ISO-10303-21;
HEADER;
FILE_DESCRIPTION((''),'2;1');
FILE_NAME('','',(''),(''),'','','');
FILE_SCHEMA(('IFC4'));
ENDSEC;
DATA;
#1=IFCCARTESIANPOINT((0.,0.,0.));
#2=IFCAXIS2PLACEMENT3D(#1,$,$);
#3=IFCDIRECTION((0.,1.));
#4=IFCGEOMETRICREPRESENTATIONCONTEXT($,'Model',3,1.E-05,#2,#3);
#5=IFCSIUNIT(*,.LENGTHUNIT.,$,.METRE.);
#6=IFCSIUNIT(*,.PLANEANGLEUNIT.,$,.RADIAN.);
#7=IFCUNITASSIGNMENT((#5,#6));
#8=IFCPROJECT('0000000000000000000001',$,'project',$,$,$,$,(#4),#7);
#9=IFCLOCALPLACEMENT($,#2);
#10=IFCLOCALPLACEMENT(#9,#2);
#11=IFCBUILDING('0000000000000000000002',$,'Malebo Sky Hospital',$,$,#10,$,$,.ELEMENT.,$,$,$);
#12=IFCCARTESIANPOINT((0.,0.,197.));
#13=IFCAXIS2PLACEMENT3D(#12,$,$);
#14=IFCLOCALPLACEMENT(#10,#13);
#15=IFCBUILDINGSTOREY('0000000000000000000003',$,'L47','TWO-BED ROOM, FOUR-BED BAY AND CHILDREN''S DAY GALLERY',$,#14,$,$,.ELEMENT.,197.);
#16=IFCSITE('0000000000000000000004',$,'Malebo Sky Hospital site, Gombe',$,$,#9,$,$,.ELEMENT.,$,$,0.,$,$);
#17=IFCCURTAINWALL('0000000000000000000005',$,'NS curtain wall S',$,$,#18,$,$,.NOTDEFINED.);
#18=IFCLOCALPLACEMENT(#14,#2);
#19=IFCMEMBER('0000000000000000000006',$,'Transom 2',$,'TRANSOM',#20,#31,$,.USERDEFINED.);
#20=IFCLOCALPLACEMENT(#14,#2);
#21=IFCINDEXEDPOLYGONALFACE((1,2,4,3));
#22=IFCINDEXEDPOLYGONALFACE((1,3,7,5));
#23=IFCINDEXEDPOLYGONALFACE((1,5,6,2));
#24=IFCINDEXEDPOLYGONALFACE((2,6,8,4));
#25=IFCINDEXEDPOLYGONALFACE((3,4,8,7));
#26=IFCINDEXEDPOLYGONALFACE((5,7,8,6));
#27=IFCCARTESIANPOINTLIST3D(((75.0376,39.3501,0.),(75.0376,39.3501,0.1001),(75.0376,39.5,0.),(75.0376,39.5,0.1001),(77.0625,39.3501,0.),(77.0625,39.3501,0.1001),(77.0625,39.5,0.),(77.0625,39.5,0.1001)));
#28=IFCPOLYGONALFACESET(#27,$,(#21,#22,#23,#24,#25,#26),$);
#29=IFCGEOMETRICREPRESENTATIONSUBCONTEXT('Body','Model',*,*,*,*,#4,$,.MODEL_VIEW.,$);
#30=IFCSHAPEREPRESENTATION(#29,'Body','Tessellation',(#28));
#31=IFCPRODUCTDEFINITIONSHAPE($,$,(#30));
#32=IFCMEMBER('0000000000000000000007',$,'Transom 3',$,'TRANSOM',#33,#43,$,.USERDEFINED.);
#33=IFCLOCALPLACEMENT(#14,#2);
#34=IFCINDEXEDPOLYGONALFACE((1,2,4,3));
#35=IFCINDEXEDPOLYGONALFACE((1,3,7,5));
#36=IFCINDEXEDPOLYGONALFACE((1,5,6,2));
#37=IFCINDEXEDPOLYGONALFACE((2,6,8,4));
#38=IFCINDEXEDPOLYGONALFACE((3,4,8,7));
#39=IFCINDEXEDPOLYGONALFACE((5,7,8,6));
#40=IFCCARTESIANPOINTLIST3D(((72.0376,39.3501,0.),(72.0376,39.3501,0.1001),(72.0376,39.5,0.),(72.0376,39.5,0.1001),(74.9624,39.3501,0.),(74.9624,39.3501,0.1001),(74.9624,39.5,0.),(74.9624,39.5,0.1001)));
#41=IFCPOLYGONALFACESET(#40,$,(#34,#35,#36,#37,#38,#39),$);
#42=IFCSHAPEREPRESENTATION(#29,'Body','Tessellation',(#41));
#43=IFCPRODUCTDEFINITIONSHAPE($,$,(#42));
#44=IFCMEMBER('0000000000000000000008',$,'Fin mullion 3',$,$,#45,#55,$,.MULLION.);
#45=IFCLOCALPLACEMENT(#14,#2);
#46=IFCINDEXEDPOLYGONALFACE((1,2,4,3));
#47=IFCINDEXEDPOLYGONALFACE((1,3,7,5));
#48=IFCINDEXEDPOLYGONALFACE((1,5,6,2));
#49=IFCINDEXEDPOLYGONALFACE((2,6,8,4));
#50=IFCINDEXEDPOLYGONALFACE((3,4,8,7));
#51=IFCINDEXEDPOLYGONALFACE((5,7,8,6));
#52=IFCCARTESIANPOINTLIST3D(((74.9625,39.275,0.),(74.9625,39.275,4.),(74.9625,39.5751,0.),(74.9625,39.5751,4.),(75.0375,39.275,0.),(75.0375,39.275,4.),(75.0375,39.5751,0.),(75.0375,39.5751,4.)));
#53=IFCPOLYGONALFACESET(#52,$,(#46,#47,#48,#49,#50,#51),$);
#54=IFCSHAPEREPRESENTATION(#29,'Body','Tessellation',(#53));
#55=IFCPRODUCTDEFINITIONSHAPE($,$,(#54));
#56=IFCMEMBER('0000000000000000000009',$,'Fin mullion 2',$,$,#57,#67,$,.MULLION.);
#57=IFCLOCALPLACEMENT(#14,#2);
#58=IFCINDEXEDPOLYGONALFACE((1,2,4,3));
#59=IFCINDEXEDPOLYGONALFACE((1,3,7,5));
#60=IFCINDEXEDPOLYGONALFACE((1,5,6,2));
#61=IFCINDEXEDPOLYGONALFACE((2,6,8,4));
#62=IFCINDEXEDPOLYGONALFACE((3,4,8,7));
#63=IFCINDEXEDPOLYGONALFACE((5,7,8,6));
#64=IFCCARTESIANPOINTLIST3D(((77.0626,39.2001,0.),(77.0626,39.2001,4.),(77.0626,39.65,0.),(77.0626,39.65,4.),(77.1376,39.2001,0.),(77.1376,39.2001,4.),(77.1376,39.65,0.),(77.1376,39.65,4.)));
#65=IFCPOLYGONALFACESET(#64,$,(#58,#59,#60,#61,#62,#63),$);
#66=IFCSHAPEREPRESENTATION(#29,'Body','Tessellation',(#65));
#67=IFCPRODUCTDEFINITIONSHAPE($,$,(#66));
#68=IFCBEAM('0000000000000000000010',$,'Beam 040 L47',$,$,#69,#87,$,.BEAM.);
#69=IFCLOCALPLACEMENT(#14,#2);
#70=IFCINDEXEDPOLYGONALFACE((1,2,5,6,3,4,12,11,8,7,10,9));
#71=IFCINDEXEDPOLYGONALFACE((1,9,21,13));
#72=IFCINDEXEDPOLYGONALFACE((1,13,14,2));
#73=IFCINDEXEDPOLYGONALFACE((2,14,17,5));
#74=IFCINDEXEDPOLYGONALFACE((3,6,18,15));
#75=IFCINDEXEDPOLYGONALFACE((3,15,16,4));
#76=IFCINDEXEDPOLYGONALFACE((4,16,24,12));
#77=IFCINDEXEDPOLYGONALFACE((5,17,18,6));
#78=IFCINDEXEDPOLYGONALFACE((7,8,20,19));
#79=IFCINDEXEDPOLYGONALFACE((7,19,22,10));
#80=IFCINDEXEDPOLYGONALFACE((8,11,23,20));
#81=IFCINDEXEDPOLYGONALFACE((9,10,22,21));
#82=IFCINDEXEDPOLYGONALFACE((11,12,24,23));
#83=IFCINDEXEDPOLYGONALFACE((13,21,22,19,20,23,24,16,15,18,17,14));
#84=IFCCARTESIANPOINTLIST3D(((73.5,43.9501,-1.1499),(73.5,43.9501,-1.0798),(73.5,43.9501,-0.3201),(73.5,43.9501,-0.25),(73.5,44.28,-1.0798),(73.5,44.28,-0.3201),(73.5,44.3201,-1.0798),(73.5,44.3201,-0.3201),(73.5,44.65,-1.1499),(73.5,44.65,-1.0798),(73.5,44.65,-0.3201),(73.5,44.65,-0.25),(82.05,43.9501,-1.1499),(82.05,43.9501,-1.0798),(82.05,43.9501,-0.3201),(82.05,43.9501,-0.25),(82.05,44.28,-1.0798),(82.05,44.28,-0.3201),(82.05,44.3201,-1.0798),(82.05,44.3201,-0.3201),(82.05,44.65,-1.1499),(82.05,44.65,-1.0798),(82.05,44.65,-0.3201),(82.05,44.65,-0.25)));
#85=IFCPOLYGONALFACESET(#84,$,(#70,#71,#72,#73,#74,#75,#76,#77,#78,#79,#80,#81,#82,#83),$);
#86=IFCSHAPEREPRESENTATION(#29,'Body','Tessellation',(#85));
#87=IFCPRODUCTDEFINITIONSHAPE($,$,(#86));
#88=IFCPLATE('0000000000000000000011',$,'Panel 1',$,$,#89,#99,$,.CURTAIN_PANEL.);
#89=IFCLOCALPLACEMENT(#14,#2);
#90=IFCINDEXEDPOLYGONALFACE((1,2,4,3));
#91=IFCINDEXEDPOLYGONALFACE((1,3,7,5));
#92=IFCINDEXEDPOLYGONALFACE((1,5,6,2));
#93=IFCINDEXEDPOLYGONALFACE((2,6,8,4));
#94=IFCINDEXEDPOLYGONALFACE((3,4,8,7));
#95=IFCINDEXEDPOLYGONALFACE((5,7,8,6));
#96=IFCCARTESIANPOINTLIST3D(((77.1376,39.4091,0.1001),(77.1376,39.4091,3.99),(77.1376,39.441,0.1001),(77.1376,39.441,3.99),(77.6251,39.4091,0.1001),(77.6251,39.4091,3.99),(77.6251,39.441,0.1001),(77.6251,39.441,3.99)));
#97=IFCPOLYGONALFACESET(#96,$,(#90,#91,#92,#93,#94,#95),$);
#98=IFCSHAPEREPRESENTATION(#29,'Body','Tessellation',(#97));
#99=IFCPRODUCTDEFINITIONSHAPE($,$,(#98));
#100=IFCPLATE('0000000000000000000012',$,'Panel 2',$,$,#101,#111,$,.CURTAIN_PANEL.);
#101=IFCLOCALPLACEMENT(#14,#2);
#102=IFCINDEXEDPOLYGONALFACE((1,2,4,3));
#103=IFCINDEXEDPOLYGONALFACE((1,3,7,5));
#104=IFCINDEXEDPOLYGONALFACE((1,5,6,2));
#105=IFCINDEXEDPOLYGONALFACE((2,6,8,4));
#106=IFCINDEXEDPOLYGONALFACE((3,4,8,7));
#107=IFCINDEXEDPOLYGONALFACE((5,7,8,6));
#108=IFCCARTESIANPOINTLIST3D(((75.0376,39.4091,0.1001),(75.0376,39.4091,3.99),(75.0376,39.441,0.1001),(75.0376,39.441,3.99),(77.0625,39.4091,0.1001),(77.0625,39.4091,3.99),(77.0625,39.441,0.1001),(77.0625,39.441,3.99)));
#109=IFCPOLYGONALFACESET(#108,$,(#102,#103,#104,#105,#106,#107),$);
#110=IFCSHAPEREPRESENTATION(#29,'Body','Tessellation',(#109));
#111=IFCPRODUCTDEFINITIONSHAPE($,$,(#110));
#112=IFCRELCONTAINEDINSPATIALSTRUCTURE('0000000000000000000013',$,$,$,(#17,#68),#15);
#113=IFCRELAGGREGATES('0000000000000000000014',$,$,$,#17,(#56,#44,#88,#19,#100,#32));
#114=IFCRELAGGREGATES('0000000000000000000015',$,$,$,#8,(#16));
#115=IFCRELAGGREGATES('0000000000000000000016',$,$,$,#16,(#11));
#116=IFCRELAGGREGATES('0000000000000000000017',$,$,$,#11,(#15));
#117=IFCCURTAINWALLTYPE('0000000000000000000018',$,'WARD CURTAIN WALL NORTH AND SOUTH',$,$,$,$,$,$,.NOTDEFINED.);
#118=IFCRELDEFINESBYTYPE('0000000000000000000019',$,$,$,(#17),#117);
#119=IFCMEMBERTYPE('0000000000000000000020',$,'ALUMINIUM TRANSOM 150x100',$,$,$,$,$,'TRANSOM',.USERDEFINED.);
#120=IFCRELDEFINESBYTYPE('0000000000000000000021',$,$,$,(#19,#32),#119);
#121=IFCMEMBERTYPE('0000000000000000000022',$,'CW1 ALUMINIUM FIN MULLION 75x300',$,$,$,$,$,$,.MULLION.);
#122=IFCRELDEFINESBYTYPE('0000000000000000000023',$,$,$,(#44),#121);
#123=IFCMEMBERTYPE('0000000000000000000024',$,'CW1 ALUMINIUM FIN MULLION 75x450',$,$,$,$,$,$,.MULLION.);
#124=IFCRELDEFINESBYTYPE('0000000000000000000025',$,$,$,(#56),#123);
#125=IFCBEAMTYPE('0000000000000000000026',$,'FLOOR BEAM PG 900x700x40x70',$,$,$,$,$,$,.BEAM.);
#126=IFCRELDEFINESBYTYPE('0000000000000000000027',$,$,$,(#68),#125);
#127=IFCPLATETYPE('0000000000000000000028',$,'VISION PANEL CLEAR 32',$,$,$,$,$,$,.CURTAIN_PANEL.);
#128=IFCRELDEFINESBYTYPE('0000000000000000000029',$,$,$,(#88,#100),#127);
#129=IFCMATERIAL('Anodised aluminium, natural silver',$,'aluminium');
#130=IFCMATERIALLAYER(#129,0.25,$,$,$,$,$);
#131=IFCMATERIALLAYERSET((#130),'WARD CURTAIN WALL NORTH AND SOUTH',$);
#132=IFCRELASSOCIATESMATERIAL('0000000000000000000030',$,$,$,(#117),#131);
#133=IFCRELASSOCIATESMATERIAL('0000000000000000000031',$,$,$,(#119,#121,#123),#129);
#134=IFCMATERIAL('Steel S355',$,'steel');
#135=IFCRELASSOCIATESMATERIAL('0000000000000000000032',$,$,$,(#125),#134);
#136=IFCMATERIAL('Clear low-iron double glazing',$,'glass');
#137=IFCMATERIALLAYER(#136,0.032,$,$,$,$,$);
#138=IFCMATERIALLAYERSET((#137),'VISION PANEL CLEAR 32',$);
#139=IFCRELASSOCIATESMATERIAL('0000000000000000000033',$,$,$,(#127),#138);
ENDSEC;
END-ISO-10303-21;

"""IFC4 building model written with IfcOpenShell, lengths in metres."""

from ifc_helpers import new_model, si_unit, direction, frame, origin, origin_2d, place, context, subcontext, project, spatial, rectangle, i_section, extrude, material, layer, layer_set, material_profile, profile_set, type_object, element, aggregate, save


model = new_model("IFC4")

# Units and contexts
model_context = context("Model", 3, precision=1e-05, world=origin(), true_north=direction((0.0, 1.0)))
body_context = subcontext(model_context, "Body", "Model", "MODEL_VIEW")
ifc_project = project(units=[si_unit("LENGTHUNIT", "METRE"), si_unit("PLANEANGLEUNIT", "RADIAN")], contexts=[model_context])

# Site, building, storey
site_placement = place(None, origin())
site = spatial("IfcSite", under=ifc_project, at=site_placement, Name="Malebo Sky Hospital site, Gombe", CompositionType="ELEMENT", RefElevation=0.0)
building_placement = place(site_placement, origin())
building = spatial("IfcBuilding", under=site, at=building_placement, Name="Malebo Sky Hospital", CompositionType="ELEMENT")
storey_placement = place(building_placement, frame((0.0, 0.0, 197.0)))
storey = spatial("IfcBuildingStorey", under=building, at=storey_placement, Name="L47", Description="TWO-BED ROOM, FOUR-BED BAY AND CHILDREN'S DAY GALLERY", CompositionType="ELEMENT", Elevation=197.0)

# Curtain wall, members
ifc_material_1 = material(Name="Anodised aluminium, natural silver", Category="aluminium")
ifc_layer_1 = layer(ifc_material_1, 0.25)
ifc_layer_set_1 = layer_set([ifc_layer_1], Name="WARD CURTAIN WALL NORTH AND SOUTH")
curtain_wall_type = type_object("IfcCurtainWallType", Name="WARD CURTAIN WALL NORTH AND SOUTH", PredefinedType="NOTDEFINED", material=ifc_layer_set_1)
curtain_wall_placement = place(storey_placement, origin())
curtain_wall = element("IfcCurtainWall", 1, at=curtain_wall_placement, inside=storey, type_object=curtain_wall_type, Name="NS curtain wall S", PredefinedType="NOTDEFINED")
ifc_material_profile_1 = material_profile(ifc_material_1, rectangle(XDim=0.1499, YDim=0.1001, at=origin_2d()), Name="ALUMINIUM TRANSOM 150x100")
ifc_profile_set_1 = profile_set([ifc_material_profile_1], Name="Anodised aluminium, natural silver")
member_type_1 = type_object("IfcMemberType", Name="ALUMINIUM TRANSOM 150x100", ElementType="TRANSOM", PredefinedType="USERDEFINED", material=ifc_profile_set_1)
member_1_placement = place(storey_placement, frame((77.0625, 39.425, 0.05), z_axis=(-1.0, 0.0, 0.0), x_axis=(0.0, -1.0, 0.0)))
member_1 = element("IfcMember", 2, at=member_1_placement, type_object=member_type_1, Name="Transom 2", ObjectType="TRANSOM", PredefinedType="USERDEFINED", context=body_context, shape_type="SweptSolid", body=[
    extrude(rectangle(XDim=0.1499, YDim=0.1001, at=origin_2d()), origin(), (0.0, 0.0, 1.0), 2.0249),
])
member_2_placement = place(storey_placement, frame((74.9624, 39.425, 0.05), z_axis=(-1.0, 0.0, 0.0), x_axis=(0.0, -1.0, 0.0)))
member_2 = element("IfcMember", 3, at=member_2_placement, type_object=member_type_1, Name="Transom 3", ObjectType="TRANSOM", PredefinedType="USERDEFINED", context=body_context, shape_type="SweptSolid", body=[
    extrude(rectangle(XDim=0.1499, YDim=0.1001, at=origin_2d()), origin(), (0.0, 0.0, 1.0), 2.9248),
])
ifc_material_profile_2 = material_profile(ifc_material_1, rectangle(XDim=0.075, YDim=0.3, at=origin_2d()), Name="CW1 ALUMINIUM FIN MULLION 75x300")
ifc_profile_set_2 = profile_set([ifc_material_profile_2], Name="Anodised aluminium, natural silver")
member_type_2 = type_object("IfcMemberType", Name="CW1 ALUMINIUM FIN MULLION 75x300", PredefinedType="MULLION", material=ifc_profile_set_2)
member_3_placement = place(storey_placement, frame((75.0, 39.425, 0.0), z_axis=(0.0, 0.0, 1.0), x_axis=(-1.0, 0.0, 0.0)))
member_3 = element("IfcMember", 4, at=member_3_placement, type_object=member_type_2, Name="Fin mullion 3", PredefinedType="MULLION", context=body_context, shape_type="SweptSolid", body=[
    extrude(rectangle(XDim=0.075, YDim=0.3, at=origin_2d()), origin(), (0.0, 0.0, 1.0), 4.0),
])
ifc_material_profile_3 = material_profile(ifc_material_1, rectangle(XDim=0.075, YDim=0.45, at=origin_2d()), Name="CW1 ALUMINIUM FIN MULLION 75x450")
ifc_profile_set_3 = profile_set([ifc_material_profile_3], Name="Anodised aluminium, natural silver")
member_type_3 = type_object("IfcMemberType", Name="CW1 ALUMINIUM FIN MULLION 75x450", PredefinedType="MULLION", material=ifc_profile_set_3)
member_4_placement = place(storey_placement, frame((77.1001, 39.425, 0.0), z_axis=(0.0, 0.0, 1.0), x_axis=(-1.0, 0.0, 0.0)))
member_4 = element("IfcMember", 5, at=member_4_placement, type_object=member_type_3, Name="Fin mullion 2", PredefinedType="MULLION", context=body_context, shape_type="SweptSolid", body=[
    extrude(rectangle(XDim=0.075, YDim=0.45, at=origin_2d()), origin(), (0.0, 0.0, 1.0), 4.0),
])

# Beam
ifc_material_2 = material(Name="Steel S355", Category="steel")
ifc_material_profile_4 = material_profile(ifc_material_2, i_section(OverallWidth=0.7, OverallDepth=0.8999, WebThickness=0.04, FlangeThickness=0.0701, at=origin_2d()), Name="PG 900x700x40x70")
ifc_profile_set_4 = profile_set([ifc_material_profile_4], Name="Steel S355")
beam_type = type_object("IfcBeamType", Name="FLOOR BEAM PG 900x700x40x70", PredefinedType="BEAM", material=ifc_profile_set_4)
beam_placement = place(storey_placement, frame((73.5, 44.3, -0.7), z_axis=(1.0, 0.0, 0.0), x_axis=(0.0, 1.0, 0.0)))
element("IfcBeam", 6, at=beam_placement, inside=storey, type_object=beam_type, Name="Beam 040 L47", PredefinedType="BEAM", context=body_context, shape_type="SweptSolid", body=[
    extrude(i_section(OverallWidth=0.7, OverallDepth=0.8999, WebThickness=0.04, FlangeThickness=0.0701, at=origin_2d()), origin(), (0.0, 0.0, 1.0), 8.55),
])

# Plates
ifc_material_3 = material(Name="Clear low-iron double glazing", Category="glass")
ifc_layer_2 = layer(ifc_material_3, 0.032)
ifc_layer_set_2 = layer_set([ifc_layer_2], Name="VISION PANEL CLEAR 32")
plate_type = type_object("IfcPlateType", Name="VISION PANEL CLEAR 32", PredefinedType="CURTAIN_PANEL", material=ifc_layer_set_2)
plate_1_placement = place(storey_placement, frame((77.3813, 39.425, 0.1001), z_axis=(0.0, 0.0, 1.0), x_axis=(-1.0, 0.0, 0.0)))
plate_1 = element("IfcPlate", 7, at=plate_1_placement, type_object=plate_type, Name="Panel 1", PredefinedType="CURTAIN_PANEL", context=body_context, shape_type="SweptSolid", body=[
    extrude(rectangle(XDim=0.4875, YDim=0.032, at=origin_2d()), origin(), (0.0, 0.0, 1.0), 3.8899),
])
plate_2_placement = place(storey_placement, frame((76.05, 39.425, 0.1001), z_axis=(0.0, 0.0, 1.0), x_axis=(-1.0, 0.0, 0.0)))
plate_2 = element("IfcPlate", 8, at=plate_2_placement, type_object=plate_type, Name="Panel 2", PredefinedType="CURTAIN_PANEL", context=body_context, shape_type="SweptSolid", body=[
    extrude(rectangle(XDim=2.0249, YDim=0.032, at=origin_2d()), origin(), (0.0, 0.0, 1.0), 3.8899),
])
aggregate(curtain_wall, [member_4, member_3, plate_1, member_1, plate_2, member_2])

save(model, "model.ifc")
